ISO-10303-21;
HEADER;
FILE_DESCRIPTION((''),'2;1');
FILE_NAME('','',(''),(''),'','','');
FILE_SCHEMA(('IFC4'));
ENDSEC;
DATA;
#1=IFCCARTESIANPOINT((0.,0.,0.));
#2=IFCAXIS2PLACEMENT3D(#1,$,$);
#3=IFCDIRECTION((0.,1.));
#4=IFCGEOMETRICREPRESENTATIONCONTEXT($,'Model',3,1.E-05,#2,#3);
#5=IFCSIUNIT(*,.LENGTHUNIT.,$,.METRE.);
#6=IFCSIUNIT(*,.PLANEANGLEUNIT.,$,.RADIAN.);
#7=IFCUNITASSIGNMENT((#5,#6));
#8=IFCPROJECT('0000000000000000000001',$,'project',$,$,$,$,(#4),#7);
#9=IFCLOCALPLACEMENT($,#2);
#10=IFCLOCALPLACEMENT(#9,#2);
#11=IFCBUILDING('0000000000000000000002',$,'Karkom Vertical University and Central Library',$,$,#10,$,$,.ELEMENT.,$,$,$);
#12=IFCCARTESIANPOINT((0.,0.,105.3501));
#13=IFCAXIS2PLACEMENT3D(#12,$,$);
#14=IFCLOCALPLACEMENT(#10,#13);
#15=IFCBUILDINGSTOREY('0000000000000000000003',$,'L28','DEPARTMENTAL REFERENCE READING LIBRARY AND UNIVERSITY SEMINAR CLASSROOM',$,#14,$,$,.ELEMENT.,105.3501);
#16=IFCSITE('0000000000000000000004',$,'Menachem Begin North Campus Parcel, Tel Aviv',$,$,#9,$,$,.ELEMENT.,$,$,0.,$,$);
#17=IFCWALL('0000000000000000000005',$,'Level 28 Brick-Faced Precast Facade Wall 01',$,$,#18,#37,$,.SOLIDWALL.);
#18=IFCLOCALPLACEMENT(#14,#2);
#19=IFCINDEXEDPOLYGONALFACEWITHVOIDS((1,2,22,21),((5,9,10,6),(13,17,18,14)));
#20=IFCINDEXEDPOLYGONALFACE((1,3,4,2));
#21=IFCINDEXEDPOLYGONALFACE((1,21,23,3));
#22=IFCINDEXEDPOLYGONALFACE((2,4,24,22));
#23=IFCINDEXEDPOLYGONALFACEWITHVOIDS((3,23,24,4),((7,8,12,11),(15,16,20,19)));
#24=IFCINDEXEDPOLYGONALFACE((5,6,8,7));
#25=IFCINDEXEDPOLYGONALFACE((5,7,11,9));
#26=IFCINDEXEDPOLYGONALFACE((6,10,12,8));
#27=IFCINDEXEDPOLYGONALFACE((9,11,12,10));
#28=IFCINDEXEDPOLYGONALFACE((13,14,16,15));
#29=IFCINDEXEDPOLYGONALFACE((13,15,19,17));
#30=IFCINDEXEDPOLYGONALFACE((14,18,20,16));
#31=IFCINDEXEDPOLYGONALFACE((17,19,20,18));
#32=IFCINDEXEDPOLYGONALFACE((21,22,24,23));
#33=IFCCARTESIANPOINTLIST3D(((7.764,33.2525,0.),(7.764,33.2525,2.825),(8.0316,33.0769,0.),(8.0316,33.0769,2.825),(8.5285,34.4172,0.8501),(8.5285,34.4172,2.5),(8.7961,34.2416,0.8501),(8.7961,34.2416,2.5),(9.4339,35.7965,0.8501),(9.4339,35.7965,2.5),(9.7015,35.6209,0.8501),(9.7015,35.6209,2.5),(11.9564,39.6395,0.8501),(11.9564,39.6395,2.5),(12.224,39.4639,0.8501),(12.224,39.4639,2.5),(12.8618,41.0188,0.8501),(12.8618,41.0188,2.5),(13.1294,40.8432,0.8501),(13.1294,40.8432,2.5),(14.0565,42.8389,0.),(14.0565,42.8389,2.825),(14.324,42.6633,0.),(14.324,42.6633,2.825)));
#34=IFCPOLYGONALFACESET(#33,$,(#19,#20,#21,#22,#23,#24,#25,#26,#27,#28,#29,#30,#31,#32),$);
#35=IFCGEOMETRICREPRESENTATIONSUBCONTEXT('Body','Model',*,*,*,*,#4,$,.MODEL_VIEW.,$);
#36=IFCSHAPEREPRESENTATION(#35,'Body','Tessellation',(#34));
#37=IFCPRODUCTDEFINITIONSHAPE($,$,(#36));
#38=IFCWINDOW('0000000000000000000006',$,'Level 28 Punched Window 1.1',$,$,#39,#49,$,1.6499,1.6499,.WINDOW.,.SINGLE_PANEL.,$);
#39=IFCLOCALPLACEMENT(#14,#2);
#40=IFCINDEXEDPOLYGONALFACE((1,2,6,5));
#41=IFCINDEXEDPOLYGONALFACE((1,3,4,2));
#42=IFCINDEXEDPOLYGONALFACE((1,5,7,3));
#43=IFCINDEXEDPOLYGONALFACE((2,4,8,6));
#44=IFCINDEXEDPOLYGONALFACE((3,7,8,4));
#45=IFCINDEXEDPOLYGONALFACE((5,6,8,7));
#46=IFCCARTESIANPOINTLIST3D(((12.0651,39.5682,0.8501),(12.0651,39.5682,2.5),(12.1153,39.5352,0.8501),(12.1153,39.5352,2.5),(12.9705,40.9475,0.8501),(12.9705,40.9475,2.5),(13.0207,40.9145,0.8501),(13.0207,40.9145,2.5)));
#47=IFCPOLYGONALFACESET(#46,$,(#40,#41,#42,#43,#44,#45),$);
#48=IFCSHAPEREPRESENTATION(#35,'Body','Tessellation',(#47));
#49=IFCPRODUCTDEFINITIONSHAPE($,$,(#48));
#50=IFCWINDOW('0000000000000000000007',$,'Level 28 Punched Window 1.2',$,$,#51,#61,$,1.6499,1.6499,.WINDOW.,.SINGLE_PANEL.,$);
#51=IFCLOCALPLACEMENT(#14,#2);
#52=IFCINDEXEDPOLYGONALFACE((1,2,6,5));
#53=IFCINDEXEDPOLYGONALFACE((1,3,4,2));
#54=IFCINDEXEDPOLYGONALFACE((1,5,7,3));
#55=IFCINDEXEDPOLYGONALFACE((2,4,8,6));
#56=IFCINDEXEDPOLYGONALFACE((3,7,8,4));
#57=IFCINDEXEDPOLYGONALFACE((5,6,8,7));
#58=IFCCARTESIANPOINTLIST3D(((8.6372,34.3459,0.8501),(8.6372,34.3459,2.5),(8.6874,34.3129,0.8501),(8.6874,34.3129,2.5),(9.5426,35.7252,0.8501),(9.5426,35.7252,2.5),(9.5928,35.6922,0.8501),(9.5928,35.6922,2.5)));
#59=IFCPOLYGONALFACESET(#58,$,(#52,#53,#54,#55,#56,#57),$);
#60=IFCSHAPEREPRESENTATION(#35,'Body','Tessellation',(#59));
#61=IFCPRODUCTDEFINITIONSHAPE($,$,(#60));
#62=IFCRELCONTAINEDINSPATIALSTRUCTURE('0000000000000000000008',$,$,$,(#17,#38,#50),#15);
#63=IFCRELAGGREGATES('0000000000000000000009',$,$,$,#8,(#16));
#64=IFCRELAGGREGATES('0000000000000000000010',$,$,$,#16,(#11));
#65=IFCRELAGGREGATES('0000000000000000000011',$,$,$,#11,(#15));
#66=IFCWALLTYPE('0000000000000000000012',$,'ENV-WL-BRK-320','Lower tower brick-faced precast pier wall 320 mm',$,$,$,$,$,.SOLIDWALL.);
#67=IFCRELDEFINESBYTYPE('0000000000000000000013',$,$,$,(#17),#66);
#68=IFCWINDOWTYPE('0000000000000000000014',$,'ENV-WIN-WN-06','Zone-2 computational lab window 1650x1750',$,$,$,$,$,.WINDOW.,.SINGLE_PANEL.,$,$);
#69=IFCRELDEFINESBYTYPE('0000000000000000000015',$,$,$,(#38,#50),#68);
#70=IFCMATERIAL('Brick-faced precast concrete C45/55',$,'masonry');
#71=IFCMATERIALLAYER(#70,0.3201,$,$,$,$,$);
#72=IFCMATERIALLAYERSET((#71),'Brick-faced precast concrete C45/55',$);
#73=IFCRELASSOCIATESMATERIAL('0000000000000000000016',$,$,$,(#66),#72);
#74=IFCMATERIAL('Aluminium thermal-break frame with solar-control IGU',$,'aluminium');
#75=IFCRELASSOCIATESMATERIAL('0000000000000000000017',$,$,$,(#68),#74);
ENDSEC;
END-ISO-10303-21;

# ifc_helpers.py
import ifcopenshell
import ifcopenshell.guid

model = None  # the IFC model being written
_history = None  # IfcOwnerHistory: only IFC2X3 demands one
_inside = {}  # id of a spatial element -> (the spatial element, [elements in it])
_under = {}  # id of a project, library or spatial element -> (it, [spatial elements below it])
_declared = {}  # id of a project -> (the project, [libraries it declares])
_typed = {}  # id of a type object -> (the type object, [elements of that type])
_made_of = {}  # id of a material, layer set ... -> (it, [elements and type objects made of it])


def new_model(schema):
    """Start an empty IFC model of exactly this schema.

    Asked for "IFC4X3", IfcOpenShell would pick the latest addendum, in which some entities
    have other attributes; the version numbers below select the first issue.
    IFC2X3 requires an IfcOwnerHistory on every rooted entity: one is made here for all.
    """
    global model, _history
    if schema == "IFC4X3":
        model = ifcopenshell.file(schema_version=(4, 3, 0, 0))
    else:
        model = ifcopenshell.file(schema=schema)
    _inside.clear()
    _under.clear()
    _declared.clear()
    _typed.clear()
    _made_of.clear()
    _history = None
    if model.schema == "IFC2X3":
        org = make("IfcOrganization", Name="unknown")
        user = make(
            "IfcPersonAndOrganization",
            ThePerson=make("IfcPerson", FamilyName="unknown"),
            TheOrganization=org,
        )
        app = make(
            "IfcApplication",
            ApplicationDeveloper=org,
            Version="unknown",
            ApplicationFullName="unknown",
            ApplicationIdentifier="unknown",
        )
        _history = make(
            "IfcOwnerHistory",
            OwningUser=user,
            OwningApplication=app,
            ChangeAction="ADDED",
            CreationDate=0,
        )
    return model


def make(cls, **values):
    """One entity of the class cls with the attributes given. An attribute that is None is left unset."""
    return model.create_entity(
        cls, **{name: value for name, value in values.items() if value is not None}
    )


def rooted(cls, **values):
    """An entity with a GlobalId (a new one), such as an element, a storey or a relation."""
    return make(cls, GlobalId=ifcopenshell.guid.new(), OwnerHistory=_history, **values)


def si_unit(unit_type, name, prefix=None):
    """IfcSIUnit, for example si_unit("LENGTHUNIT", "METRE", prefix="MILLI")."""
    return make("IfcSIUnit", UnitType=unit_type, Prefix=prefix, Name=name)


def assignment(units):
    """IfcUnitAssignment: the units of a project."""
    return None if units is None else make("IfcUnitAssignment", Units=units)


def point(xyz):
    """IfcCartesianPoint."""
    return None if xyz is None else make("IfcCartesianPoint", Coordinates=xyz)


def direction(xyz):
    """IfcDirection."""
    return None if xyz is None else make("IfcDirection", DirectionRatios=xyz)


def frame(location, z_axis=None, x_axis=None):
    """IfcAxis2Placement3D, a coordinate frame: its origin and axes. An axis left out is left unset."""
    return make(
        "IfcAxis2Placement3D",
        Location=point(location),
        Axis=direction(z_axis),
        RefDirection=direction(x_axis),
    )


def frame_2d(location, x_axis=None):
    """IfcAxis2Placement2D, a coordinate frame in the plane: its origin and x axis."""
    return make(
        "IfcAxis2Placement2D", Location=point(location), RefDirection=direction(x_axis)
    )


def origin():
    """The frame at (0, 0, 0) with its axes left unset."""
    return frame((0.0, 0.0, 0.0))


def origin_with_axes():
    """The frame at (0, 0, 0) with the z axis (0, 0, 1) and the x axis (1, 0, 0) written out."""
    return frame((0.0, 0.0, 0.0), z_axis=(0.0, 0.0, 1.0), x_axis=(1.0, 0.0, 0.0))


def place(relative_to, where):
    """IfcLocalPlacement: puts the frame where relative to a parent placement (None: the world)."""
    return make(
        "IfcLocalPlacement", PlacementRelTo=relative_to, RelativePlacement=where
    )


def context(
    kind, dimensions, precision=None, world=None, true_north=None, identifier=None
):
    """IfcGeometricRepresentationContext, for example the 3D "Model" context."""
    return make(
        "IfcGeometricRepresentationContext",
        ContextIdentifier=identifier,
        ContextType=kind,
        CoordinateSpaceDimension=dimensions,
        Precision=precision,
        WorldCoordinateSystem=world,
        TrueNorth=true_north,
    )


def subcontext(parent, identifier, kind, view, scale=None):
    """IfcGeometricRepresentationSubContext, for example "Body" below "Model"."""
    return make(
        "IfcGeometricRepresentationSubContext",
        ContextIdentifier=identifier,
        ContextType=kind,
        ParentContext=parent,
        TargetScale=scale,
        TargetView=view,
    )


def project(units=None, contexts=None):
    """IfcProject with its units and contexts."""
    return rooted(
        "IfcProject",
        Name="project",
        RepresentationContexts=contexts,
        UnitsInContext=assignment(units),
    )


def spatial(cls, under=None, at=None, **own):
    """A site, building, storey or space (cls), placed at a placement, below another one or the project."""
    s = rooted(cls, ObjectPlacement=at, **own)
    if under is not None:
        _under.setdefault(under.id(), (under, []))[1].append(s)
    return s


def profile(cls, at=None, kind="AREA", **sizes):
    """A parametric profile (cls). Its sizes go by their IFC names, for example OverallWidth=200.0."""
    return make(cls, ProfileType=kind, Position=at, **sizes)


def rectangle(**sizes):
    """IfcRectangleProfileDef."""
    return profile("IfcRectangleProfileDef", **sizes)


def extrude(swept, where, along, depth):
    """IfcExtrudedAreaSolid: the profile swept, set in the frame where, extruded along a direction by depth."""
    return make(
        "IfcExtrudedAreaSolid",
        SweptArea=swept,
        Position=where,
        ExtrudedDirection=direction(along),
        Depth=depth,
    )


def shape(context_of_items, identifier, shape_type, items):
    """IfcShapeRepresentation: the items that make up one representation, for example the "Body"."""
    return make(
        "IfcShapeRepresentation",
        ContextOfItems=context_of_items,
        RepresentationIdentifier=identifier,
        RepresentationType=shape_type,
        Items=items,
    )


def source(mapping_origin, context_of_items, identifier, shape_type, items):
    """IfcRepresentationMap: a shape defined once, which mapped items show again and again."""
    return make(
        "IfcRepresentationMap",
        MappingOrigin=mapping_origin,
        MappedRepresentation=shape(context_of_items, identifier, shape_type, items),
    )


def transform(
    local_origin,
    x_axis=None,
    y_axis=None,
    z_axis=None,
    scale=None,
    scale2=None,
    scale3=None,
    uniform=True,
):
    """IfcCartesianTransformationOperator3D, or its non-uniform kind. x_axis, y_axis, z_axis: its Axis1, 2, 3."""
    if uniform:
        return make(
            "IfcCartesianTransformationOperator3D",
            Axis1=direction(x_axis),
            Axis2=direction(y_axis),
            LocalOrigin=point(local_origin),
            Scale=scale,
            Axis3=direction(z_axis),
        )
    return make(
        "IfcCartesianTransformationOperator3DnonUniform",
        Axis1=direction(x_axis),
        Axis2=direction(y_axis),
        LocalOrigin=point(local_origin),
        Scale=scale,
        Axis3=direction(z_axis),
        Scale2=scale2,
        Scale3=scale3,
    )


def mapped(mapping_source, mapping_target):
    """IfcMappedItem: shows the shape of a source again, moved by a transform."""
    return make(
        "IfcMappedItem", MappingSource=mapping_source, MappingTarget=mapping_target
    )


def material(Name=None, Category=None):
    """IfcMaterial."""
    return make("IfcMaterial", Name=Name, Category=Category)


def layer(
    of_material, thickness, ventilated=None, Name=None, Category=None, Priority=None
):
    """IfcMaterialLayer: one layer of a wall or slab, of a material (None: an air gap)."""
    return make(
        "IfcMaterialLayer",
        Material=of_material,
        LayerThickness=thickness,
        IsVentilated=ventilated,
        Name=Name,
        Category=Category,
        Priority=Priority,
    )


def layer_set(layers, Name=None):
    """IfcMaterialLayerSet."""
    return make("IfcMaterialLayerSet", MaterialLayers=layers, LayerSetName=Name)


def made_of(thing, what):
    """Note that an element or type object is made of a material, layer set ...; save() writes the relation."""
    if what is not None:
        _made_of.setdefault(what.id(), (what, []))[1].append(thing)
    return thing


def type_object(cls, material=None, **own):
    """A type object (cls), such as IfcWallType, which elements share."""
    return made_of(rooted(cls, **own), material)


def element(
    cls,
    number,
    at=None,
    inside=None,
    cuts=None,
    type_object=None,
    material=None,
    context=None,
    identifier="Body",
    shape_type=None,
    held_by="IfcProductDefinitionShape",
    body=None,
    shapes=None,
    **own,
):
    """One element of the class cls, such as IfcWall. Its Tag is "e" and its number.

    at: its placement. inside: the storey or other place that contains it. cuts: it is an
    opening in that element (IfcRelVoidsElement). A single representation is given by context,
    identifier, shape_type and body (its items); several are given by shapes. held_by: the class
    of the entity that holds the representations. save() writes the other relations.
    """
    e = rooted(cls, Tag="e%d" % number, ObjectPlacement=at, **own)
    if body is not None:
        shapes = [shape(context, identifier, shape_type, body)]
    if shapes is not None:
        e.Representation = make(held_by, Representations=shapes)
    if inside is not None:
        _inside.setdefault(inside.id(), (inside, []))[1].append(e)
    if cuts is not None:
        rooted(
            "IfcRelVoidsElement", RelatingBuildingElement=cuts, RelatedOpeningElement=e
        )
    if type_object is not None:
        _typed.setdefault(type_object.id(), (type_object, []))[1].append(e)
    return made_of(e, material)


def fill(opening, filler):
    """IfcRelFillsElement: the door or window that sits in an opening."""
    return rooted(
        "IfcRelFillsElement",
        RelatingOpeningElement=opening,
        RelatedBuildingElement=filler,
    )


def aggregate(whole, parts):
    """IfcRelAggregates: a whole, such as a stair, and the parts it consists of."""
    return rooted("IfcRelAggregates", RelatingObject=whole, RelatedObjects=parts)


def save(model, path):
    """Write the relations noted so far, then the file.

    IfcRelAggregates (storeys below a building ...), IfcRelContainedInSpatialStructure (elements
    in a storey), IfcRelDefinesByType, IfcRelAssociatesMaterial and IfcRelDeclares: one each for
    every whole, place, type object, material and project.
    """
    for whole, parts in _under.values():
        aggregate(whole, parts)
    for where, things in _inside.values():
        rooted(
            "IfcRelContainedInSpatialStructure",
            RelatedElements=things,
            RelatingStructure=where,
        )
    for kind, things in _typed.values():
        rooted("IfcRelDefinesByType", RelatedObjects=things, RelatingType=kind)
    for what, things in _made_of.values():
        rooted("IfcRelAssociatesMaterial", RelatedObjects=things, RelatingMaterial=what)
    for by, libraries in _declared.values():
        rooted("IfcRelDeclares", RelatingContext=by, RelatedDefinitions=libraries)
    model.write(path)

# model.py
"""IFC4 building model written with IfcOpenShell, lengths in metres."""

from ifc_helpers import new_model, si_unit, direction, frame, frame_2d, origin, origin_with_axes, place, context, subcontext, project, spatial, rectangle, extrude, source, transform, mapped, material, layer, layer_set, type_object, element, fill, save


model = new_model("IFC4")

# Units and contexts
model_context = context("Model", 3, precision=1e-05, world=origin(), true_north=direction((0.0, 1.0)))
body_context = subcontext(model_context, "Body", "Model", "MODEL_VIEW")
ifc_project = project(units=[si_unit("LENGTHUNIT", "METRE"), si_unit("PLANEANGLEUNIT", "RADIAN")], contexts=[model_context])

# Site, building, storey
site_placement = place(None, origin())
site = spatial("IfcSite", under=ifc_project, at=site_placement, Name="Menachem Begin North Campus Parcel, Tel Aviv", CompositionType="ELEMENT", RefElevation=0.0)
building_placement = place(site_placement, origin())
building = spatial("IfcBuilding", under=site, at=building_placement, Name="Karkom Vertical University and Central Library", CompositionType="ELEMENT")
storey_placement = place(building_placement, frame((0.0, 0.0, 105.3501)))
storey = spatial("IfcBuildingStorey", under=building, at=storey_placement, Name="L28", Description="DEPARTMENTAL REFERENCE READING LIBRARY AND UNIVERSITY SEMINAR CLASSROOM", CompositionType="ELEMENT", Elevation=105.3501)

# Wall, openings, windows
ifc_material_1 = material(Name="Brick-faced precast concrete C45/55", Category="masonry")
ifc_layer_1 = layer(ifc_material_1, 0.3201)
ifc_layer_set_1 = layer_set([ifc_layer_1], Name="Brick-faced precast concrete C45/55")
wall_type_1 = type_object("IfcWallType", Name="ENV-WL-BRK-320", Description="Lower tower brick-faced precast pier wall 320 mm", PredefinedType="SOLIDWALL", material=ifc_layer_set_1)
wall_1_placement = place(storey_placement, frame((14.1902, 42.751, 0.0), z_axis=(0.0, 0.0, 1.0), x_axis=(-0.548741, -0.835992, 0.0)))
wall_1 = element("IfcWall", 1, at=wall_1_placement, inside=storey, type_object=wall_type_1, Name="Level 28 Brick-Faced Precast Facade Wall 01", PredefinedType="SOLIDWALL", context=body_context, shape_type="SweptSolid", body=[
    extrude(rectangle(XDim=11.467, YDim=0.3201, at=frame_2d((5.7334, 0.0))), origin(), (0.0, 0.0, 1.0), 2.825),
])
opening_1_placement = place(wall_1_placement, frame((2.177, 0.0, 0.8501)))
opening_1 = element("IfcOpeningElement", 2, at=opening_1_placement, cuts=wall_1, PredefinedType="OPENING", context=body_context, shape_type="SweptSolid", body=[
    extrude(rectangle(XDim=1.6499, YDim=1.6499, at=frame_2d((0.825, 0.825))), frame((0.0, 0.1699, 0.0), z_axis=(0.0, -1.0, 0.0), x_axis=(1.0, 0.0, 0.0)), (0.0, 0.0, 1.0), 0.3401),
])
opening_2_placement = place(wall_1_placement, frame((8.4238, 0.0, 0.8501)))
opening_2 = element("IfcOpeningElement", 3, at=opening_2_placement, cuts=wall_1, PredefinedType="OPENING", context=body_context, shape_type="SweptSolid", body=[
    extrude(rectangle(XDim=1.6499, YDim=1.6499, at=frame_2d((0.825, 0.825))), frame((0.0, 0.1699, 0.0), z_axis=(0.0, -1.0, 0.0), x_axis=(1.0, 0.0, 0.0)), (0.0, 0.0, 1.0), 0.3401),
])
ifc_material_2 = material(Name="Aluminium thermal-break frame with solar-control IGU", Category="aluminium")
window_type = type_object("IfcWindowType", Name="ENV-WIN-WN-06", Description="Zone-2 computational lab window 1650x1750", PartitioningType="SINGLE_PANEL", PredefinedType="WINDOW", material=ifc_material_2)
shared_shape_1 = source(origin_with_axes(), body_context, "Body", "SweptSolid", [
    extrude(rectangle(XDim=1.6499, YDim=1.6499, at=frame_2d((0.825, 0.825))), frame((0.0, 0.03, 0.0), z_axis=(0.0, -1.0, 0.0), x_axis=(1.0, 0.0, 0.0)), (0.0, 0.0, 1.0), 0.0601),
])
window_1_placement = place(opening_1_placement, origin())
window_1 = element("IfcWindow", 4, at=window_1_placement, inside=storey, type_object=window_type, Name="Level 28 Punched Window 1.1", OverallHeight=1.6499, OverallWidth=1.6499, PartitioningType="SINGLE_PANEL", PredefinedType="WINDOW", context=body_context, shape_type="MappedRepresentation", body=[
    mapped(shared_shape_1, transform((0.0, 0.0, 0.0), scale=1.0)),
])
fill(opening_1, window_1)
window_2_placement = place(opening_2_placement, origin())
window_2 = element("IfcWindow", 5, at=window_2_placement, inside=storey, type_object=window_type, Name="Level 28 Punched Window 1.2", OverallHeight=1.6499, OverallWidth=1.6499, PartitioningType="SINGLE_PANEL", PredefinedType="WINDOW", context=body_context, shape_type="MappedRepresentation", body=[
    mapped(shared_shape_1, transform((0.0, 0.0, 0.0), scale=1.0)),
])
fill(opening_2, window_2)

save(model, "model.ifc")
